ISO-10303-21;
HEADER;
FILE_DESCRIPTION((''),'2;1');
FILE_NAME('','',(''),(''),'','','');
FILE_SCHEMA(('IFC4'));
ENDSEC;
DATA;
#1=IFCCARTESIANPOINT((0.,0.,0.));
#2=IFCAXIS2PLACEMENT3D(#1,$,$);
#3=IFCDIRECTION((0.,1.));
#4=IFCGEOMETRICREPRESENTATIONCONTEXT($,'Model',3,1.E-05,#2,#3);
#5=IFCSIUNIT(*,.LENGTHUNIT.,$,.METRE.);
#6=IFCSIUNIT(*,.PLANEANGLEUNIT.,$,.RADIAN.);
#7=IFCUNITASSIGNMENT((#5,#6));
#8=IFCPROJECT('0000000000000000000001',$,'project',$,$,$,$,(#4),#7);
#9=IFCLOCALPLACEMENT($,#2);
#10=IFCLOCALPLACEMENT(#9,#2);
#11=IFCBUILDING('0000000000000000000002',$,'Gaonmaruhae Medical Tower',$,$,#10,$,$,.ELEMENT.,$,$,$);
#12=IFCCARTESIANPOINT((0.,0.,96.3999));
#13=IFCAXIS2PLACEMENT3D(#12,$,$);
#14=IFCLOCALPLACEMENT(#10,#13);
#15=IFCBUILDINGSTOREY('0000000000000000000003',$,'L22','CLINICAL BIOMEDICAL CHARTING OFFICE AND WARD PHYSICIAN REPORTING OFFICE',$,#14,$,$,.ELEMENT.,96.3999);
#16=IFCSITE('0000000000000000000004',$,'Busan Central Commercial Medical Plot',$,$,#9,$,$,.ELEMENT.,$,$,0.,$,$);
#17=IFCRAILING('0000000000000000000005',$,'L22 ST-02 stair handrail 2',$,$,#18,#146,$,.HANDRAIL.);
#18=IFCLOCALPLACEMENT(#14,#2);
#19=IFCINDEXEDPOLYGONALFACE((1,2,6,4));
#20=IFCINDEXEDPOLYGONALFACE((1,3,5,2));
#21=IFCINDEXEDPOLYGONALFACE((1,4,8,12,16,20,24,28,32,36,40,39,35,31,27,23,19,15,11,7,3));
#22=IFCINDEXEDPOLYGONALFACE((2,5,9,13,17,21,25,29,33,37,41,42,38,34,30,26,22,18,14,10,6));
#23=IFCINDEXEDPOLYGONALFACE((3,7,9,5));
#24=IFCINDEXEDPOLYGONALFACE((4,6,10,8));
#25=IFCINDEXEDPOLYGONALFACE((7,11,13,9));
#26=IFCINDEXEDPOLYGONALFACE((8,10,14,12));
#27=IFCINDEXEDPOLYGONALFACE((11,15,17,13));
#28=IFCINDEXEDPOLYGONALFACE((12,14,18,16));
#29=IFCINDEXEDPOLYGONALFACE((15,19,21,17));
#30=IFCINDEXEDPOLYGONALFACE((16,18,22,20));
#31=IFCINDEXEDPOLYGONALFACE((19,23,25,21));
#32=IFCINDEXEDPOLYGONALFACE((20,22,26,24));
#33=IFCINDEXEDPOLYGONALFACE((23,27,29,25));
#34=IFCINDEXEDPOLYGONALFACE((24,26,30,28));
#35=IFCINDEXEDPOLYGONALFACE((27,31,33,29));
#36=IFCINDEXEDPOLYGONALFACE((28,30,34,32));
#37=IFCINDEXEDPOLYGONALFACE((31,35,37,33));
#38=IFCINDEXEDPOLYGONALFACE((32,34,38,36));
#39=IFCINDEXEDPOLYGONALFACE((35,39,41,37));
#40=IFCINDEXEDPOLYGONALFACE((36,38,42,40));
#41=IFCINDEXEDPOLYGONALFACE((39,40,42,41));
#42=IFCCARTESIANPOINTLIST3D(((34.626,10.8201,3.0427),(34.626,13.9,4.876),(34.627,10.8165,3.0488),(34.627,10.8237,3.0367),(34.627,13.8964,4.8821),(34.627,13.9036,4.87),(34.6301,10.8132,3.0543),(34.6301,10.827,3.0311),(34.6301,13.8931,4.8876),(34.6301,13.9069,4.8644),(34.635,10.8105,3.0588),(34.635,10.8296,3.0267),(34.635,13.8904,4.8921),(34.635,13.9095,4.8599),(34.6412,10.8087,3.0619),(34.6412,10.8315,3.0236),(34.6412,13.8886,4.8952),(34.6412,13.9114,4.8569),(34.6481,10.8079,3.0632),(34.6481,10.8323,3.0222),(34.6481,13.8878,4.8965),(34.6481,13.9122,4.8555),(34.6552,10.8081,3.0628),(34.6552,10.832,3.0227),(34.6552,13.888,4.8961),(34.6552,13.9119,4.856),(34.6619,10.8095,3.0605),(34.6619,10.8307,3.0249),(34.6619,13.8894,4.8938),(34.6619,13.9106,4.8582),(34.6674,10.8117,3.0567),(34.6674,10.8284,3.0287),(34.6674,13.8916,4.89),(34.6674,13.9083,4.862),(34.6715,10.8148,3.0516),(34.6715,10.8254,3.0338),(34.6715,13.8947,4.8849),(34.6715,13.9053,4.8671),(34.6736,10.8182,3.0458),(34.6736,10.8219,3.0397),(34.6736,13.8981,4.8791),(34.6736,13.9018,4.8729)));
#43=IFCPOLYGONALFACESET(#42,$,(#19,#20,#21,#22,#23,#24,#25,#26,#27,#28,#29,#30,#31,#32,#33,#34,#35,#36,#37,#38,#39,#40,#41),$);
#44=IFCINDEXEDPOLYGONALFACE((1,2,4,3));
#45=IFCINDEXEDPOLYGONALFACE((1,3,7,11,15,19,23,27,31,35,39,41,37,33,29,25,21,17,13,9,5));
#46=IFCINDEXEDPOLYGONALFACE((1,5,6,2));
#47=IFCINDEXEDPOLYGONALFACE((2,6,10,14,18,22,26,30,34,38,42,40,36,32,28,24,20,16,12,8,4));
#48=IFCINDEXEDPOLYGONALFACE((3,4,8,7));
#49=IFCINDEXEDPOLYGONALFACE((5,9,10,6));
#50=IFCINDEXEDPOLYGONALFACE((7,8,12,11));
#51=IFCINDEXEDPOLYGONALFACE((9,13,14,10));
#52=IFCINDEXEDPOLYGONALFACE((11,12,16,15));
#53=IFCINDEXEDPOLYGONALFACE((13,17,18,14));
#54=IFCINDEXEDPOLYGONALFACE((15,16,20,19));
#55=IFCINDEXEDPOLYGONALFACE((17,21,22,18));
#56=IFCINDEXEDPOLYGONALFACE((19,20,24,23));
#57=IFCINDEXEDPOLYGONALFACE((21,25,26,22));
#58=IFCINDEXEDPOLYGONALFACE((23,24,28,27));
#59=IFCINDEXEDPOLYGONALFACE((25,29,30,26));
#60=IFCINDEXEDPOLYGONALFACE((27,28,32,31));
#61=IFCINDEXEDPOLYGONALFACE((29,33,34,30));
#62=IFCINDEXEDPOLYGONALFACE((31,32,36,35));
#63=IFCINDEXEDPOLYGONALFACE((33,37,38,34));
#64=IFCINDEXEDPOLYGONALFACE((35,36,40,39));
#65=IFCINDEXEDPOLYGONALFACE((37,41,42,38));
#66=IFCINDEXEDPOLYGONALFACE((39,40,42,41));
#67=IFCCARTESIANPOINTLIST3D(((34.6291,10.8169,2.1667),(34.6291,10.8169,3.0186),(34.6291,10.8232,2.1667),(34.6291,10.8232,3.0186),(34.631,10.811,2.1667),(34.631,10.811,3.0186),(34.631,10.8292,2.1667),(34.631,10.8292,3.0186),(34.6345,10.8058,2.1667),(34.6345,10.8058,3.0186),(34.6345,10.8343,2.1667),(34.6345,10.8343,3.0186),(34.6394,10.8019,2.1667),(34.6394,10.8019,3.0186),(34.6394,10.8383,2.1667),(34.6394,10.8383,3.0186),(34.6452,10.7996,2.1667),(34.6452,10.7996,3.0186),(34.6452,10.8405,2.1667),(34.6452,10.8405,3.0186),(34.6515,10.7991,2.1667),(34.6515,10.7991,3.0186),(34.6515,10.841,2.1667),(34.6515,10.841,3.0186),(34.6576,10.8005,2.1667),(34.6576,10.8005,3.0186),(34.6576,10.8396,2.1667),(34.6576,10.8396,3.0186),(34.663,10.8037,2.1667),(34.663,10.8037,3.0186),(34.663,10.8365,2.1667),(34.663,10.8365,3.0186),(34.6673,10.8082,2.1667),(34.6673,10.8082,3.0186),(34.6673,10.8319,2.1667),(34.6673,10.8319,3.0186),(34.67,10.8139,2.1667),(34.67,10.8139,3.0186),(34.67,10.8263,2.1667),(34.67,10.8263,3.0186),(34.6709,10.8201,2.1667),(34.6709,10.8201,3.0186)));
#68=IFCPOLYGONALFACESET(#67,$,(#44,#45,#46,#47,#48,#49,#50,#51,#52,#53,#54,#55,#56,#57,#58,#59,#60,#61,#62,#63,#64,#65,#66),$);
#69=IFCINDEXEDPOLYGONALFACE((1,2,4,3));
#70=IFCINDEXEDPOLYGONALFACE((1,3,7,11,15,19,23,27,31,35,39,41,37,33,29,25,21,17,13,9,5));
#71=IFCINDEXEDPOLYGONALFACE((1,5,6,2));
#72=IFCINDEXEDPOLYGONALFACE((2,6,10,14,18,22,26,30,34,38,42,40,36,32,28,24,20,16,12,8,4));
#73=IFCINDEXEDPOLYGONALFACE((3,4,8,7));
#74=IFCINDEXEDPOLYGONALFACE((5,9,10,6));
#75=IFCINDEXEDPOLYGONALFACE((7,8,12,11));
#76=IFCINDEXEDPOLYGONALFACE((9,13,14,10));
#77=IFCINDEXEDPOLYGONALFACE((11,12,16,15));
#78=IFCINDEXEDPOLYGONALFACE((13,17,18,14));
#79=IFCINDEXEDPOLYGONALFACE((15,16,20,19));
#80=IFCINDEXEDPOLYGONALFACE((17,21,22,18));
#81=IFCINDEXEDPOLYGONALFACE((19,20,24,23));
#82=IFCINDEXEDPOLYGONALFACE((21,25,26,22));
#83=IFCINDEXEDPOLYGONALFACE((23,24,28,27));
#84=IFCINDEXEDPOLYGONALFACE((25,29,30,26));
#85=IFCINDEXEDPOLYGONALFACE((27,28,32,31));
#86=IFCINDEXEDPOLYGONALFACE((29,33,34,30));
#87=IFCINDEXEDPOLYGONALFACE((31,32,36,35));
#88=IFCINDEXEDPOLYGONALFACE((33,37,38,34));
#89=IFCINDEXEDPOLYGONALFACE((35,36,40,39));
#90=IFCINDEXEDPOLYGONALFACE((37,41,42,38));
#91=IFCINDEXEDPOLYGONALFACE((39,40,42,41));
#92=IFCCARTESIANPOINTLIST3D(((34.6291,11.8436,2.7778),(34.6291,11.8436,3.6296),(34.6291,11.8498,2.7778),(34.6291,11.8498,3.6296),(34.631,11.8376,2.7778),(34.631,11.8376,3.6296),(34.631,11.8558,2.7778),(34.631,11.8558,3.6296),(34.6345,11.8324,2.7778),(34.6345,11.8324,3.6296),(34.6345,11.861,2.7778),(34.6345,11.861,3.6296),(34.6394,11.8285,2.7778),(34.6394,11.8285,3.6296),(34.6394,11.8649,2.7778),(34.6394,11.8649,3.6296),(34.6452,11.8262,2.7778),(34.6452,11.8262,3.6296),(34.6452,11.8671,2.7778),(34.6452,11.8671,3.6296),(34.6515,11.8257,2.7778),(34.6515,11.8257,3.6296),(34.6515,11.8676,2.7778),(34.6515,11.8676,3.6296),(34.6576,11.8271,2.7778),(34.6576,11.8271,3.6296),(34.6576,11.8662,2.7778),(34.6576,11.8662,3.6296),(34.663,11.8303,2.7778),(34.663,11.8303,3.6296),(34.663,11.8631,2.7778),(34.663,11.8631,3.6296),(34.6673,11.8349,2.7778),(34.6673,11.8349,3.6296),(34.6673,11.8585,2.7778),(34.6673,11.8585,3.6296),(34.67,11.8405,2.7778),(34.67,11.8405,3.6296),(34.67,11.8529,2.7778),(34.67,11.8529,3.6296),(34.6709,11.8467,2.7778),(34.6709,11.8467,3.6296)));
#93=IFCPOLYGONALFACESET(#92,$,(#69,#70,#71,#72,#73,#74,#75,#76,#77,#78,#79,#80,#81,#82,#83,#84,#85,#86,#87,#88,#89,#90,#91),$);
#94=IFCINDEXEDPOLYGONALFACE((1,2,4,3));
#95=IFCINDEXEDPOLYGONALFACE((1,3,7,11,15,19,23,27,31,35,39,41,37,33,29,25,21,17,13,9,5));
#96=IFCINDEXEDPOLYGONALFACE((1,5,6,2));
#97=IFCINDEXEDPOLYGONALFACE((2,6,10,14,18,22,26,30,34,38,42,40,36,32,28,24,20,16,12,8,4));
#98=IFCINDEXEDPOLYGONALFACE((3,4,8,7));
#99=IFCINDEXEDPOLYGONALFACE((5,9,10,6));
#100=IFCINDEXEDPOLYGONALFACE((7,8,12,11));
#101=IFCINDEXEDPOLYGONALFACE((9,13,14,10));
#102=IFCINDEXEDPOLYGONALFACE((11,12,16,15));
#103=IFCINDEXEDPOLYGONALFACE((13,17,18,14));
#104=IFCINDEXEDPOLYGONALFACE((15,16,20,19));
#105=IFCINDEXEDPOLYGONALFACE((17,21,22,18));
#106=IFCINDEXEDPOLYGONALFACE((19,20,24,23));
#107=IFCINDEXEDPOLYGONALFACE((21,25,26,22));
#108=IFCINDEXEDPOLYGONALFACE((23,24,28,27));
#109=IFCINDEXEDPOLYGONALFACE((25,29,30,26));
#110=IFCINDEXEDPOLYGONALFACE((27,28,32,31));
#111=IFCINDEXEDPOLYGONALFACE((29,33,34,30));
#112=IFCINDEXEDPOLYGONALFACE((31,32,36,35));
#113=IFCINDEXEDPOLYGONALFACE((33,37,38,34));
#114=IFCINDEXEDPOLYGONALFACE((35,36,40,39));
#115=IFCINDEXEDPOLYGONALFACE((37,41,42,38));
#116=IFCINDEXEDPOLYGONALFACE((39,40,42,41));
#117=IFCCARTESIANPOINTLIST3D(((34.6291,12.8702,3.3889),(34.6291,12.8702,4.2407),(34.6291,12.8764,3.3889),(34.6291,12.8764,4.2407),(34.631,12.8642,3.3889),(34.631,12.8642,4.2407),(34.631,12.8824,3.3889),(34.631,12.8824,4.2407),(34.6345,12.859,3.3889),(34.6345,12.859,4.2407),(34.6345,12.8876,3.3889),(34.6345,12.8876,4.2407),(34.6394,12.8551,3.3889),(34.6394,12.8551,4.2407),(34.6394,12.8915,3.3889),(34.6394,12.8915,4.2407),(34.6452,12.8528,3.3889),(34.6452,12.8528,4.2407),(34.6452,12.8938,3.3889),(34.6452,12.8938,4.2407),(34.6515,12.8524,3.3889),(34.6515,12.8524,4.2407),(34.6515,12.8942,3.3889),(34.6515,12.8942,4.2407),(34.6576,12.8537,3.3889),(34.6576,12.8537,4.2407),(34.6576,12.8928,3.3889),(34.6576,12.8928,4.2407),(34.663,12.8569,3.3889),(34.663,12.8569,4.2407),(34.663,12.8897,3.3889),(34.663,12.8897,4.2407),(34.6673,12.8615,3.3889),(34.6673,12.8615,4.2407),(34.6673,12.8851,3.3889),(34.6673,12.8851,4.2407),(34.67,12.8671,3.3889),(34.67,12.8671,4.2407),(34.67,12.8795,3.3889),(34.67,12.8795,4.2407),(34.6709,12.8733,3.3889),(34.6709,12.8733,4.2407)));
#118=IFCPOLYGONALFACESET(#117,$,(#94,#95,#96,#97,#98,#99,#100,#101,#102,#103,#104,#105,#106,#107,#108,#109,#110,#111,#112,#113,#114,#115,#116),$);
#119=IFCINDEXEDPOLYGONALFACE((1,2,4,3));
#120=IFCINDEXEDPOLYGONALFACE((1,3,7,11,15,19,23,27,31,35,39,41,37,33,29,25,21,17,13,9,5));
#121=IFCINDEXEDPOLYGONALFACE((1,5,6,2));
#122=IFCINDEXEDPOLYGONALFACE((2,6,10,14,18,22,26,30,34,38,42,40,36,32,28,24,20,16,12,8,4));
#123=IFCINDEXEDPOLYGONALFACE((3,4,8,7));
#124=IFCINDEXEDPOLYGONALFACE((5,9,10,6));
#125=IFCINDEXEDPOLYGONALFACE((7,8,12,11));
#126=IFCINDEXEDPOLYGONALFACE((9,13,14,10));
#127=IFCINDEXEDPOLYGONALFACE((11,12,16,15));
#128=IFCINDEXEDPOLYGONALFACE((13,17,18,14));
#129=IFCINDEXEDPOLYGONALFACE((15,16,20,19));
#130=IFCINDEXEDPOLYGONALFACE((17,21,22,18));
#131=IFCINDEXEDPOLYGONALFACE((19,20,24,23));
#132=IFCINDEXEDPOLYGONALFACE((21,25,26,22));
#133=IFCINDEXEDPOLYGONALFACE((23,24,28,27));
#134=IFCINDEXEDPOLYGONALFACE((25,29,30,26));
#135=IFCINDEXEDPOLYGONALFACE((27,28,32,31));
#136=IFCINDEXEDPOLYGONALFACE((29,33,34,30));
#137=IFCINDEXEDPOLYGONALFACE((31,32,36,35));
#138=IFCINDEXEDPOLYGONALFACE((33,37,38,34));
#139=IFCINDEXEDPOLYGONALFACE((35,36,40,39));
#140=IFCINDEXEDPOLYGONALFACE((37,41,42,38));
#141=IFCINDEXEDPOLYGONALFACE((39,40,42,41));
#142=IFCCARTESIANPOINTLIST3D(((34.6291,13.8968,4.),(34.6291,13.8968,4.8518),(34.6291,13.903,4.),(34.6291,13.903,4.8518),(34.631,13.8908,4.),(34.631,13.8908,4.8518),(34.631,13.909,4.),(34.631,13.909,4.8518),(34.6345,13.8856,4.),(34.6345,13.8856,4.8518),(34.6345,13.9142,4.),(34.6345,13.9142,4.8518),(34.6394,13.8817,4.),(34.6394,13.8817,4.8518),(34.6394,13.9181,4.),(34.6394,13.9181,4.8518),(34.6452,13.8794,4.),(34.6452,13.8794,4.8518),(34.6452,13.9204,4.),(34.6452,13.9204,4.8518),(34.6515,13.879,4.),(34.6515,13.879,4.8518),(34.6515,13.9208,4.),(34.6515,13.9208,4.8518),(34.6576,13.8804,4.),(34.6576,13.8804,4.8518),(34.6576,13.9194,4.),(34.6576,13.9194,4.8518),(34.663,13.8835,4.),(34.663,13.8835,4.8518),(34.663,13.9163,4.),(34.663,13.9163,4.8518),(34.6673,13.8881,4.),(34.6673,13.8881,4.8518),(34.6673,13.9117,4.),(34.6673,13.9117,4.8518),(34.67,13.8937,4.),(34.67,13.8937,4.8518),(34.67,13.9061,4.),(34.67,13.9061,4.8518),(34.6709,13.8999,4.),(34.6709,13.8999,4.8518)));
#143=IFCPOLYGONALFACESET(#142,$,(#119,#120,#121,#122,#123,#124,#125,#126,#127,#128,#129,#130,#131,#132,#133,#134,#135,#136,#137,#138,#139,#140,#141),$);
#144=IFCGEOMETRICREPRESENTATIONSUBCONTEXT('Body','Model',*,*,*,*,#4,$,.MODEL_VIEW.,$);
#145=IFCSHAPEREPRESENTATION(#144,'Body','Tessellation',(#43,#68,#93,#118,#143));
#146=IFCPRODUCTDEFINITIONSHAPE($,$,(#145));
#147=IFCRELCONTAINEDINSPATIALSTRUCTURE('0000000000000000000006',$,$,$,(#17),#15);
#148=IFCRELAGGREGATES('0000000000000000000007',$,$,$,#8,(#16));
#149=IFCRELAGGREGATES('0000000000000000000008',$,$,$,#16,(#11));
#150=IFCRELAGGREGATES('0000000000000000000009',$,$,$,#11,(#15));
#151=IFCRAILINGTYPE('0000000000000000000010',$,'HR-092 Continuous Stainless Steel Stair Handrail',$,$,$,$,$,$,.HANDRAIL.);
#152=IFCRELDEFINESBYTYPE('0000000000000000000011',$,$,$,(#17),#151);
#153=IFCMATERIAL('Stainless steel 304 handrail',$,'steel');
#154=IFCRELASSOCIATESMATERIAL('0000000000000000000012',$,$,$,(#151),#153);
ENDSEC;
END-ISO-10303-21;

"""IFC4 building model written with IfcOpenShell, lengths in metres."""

from ifc_helpers import new_model, si_unit, direction, frame, origin, origin_2d, place, context, subcontext, project, spatial, circle, extrude, material, type_object, element, save


model = new_model("IFC4")

# Units and contexts
model_context = context("Model", 3, precision=1e-05, world=origin(), true_north=direction((0.0, 1.0)))
body_context = subcontext(model_context, "Body", "Model", "MODEL_VIEW")
ifc_project = project(units=[si_unit("LENGTHUNIT", "METRE"), si_unit("PLANEANGLEUNIT", "RADIAN")], contexts=[model_context])

# Site, building, storey
site_placement = place(None, origin())
site = spatial("IfcSite", under=ifc_project, at=site_placement, Name="Busan Central Commercial Medical Plot", CompositionType="ELEMENT", RefElevation=0.0)
building_placement = place(site_placement, origin())
building = spatial("IfcBuilding", under=site, at=building_placement, Name="Gaonmaruhae Medical Tower", CompositionType="ELEMENT")
storey_placement = place(building_placement, frame((0.0, 0.0, 96.3999)))
storey = spatial("IfcBuildingStorey", under=building, at=storey_placement, Name="L22", Description="CLINICAL BIOMEDICAL CHARTING OFFICE AND WARD PHYSICIAN REPORTING OFFICE", CompositionType="ELEMENT", Elevation=96.3999)

# Railing
ifc_material_1 = material(Name="Stainless steel 304 handrail", Category="steel")
railing_type_1 = type_object("IfcRailingType", Name="HR-092 Continuous Stainless Steel Stair Handrail", PredefinedType="HANDRAIL", material=ifc_material_1)
railing_1_placement = place(storey_placement, frame((34.6499, 10.8201, 2.1667)))
element("IfcRailing", 1, at=railing_1_placement, inside=storey, type_object=railing_type_1, Name="L22 ST-02 stair handrail 2", PredefinedType="HANDRAIL", context=body_context, shape_type="SweptSolid", body=[
    extrude(circle(Radius=0.0239, at=origin_2d()), frame((0.0, 0.0, 0.876), z_axis=(0.0, 0.859291, 0.511487), x_axis=(-1.0, 0.0, 0.0)), (0.0, 0.0, 1.0), 3.5842),
    extrude(circle(Radius=0.021, at=origin_2d()), origin(), (0.0, 0.0, 1.0), 0.8518),
    extrude(circle(Radius=0.021, at=origin_2d()), frame((0.0, 1.0266, 0.6111)), (0.0, 0.0, 1.0), 0.8518),
    extrude(circle(Radius=0.021, at=origin_2d()), frame((0.0, 2.0532, 1.2222)), (0.0, 0.0, 1.0), 0.8518),
    extrude(circle(Radius=0.021, at=origin_2d()), frame((0.0, 3.0798, 1.8333)), (0.0, 0.0, 1.0), 0.8518),
])

save(model, "model.ifc")
